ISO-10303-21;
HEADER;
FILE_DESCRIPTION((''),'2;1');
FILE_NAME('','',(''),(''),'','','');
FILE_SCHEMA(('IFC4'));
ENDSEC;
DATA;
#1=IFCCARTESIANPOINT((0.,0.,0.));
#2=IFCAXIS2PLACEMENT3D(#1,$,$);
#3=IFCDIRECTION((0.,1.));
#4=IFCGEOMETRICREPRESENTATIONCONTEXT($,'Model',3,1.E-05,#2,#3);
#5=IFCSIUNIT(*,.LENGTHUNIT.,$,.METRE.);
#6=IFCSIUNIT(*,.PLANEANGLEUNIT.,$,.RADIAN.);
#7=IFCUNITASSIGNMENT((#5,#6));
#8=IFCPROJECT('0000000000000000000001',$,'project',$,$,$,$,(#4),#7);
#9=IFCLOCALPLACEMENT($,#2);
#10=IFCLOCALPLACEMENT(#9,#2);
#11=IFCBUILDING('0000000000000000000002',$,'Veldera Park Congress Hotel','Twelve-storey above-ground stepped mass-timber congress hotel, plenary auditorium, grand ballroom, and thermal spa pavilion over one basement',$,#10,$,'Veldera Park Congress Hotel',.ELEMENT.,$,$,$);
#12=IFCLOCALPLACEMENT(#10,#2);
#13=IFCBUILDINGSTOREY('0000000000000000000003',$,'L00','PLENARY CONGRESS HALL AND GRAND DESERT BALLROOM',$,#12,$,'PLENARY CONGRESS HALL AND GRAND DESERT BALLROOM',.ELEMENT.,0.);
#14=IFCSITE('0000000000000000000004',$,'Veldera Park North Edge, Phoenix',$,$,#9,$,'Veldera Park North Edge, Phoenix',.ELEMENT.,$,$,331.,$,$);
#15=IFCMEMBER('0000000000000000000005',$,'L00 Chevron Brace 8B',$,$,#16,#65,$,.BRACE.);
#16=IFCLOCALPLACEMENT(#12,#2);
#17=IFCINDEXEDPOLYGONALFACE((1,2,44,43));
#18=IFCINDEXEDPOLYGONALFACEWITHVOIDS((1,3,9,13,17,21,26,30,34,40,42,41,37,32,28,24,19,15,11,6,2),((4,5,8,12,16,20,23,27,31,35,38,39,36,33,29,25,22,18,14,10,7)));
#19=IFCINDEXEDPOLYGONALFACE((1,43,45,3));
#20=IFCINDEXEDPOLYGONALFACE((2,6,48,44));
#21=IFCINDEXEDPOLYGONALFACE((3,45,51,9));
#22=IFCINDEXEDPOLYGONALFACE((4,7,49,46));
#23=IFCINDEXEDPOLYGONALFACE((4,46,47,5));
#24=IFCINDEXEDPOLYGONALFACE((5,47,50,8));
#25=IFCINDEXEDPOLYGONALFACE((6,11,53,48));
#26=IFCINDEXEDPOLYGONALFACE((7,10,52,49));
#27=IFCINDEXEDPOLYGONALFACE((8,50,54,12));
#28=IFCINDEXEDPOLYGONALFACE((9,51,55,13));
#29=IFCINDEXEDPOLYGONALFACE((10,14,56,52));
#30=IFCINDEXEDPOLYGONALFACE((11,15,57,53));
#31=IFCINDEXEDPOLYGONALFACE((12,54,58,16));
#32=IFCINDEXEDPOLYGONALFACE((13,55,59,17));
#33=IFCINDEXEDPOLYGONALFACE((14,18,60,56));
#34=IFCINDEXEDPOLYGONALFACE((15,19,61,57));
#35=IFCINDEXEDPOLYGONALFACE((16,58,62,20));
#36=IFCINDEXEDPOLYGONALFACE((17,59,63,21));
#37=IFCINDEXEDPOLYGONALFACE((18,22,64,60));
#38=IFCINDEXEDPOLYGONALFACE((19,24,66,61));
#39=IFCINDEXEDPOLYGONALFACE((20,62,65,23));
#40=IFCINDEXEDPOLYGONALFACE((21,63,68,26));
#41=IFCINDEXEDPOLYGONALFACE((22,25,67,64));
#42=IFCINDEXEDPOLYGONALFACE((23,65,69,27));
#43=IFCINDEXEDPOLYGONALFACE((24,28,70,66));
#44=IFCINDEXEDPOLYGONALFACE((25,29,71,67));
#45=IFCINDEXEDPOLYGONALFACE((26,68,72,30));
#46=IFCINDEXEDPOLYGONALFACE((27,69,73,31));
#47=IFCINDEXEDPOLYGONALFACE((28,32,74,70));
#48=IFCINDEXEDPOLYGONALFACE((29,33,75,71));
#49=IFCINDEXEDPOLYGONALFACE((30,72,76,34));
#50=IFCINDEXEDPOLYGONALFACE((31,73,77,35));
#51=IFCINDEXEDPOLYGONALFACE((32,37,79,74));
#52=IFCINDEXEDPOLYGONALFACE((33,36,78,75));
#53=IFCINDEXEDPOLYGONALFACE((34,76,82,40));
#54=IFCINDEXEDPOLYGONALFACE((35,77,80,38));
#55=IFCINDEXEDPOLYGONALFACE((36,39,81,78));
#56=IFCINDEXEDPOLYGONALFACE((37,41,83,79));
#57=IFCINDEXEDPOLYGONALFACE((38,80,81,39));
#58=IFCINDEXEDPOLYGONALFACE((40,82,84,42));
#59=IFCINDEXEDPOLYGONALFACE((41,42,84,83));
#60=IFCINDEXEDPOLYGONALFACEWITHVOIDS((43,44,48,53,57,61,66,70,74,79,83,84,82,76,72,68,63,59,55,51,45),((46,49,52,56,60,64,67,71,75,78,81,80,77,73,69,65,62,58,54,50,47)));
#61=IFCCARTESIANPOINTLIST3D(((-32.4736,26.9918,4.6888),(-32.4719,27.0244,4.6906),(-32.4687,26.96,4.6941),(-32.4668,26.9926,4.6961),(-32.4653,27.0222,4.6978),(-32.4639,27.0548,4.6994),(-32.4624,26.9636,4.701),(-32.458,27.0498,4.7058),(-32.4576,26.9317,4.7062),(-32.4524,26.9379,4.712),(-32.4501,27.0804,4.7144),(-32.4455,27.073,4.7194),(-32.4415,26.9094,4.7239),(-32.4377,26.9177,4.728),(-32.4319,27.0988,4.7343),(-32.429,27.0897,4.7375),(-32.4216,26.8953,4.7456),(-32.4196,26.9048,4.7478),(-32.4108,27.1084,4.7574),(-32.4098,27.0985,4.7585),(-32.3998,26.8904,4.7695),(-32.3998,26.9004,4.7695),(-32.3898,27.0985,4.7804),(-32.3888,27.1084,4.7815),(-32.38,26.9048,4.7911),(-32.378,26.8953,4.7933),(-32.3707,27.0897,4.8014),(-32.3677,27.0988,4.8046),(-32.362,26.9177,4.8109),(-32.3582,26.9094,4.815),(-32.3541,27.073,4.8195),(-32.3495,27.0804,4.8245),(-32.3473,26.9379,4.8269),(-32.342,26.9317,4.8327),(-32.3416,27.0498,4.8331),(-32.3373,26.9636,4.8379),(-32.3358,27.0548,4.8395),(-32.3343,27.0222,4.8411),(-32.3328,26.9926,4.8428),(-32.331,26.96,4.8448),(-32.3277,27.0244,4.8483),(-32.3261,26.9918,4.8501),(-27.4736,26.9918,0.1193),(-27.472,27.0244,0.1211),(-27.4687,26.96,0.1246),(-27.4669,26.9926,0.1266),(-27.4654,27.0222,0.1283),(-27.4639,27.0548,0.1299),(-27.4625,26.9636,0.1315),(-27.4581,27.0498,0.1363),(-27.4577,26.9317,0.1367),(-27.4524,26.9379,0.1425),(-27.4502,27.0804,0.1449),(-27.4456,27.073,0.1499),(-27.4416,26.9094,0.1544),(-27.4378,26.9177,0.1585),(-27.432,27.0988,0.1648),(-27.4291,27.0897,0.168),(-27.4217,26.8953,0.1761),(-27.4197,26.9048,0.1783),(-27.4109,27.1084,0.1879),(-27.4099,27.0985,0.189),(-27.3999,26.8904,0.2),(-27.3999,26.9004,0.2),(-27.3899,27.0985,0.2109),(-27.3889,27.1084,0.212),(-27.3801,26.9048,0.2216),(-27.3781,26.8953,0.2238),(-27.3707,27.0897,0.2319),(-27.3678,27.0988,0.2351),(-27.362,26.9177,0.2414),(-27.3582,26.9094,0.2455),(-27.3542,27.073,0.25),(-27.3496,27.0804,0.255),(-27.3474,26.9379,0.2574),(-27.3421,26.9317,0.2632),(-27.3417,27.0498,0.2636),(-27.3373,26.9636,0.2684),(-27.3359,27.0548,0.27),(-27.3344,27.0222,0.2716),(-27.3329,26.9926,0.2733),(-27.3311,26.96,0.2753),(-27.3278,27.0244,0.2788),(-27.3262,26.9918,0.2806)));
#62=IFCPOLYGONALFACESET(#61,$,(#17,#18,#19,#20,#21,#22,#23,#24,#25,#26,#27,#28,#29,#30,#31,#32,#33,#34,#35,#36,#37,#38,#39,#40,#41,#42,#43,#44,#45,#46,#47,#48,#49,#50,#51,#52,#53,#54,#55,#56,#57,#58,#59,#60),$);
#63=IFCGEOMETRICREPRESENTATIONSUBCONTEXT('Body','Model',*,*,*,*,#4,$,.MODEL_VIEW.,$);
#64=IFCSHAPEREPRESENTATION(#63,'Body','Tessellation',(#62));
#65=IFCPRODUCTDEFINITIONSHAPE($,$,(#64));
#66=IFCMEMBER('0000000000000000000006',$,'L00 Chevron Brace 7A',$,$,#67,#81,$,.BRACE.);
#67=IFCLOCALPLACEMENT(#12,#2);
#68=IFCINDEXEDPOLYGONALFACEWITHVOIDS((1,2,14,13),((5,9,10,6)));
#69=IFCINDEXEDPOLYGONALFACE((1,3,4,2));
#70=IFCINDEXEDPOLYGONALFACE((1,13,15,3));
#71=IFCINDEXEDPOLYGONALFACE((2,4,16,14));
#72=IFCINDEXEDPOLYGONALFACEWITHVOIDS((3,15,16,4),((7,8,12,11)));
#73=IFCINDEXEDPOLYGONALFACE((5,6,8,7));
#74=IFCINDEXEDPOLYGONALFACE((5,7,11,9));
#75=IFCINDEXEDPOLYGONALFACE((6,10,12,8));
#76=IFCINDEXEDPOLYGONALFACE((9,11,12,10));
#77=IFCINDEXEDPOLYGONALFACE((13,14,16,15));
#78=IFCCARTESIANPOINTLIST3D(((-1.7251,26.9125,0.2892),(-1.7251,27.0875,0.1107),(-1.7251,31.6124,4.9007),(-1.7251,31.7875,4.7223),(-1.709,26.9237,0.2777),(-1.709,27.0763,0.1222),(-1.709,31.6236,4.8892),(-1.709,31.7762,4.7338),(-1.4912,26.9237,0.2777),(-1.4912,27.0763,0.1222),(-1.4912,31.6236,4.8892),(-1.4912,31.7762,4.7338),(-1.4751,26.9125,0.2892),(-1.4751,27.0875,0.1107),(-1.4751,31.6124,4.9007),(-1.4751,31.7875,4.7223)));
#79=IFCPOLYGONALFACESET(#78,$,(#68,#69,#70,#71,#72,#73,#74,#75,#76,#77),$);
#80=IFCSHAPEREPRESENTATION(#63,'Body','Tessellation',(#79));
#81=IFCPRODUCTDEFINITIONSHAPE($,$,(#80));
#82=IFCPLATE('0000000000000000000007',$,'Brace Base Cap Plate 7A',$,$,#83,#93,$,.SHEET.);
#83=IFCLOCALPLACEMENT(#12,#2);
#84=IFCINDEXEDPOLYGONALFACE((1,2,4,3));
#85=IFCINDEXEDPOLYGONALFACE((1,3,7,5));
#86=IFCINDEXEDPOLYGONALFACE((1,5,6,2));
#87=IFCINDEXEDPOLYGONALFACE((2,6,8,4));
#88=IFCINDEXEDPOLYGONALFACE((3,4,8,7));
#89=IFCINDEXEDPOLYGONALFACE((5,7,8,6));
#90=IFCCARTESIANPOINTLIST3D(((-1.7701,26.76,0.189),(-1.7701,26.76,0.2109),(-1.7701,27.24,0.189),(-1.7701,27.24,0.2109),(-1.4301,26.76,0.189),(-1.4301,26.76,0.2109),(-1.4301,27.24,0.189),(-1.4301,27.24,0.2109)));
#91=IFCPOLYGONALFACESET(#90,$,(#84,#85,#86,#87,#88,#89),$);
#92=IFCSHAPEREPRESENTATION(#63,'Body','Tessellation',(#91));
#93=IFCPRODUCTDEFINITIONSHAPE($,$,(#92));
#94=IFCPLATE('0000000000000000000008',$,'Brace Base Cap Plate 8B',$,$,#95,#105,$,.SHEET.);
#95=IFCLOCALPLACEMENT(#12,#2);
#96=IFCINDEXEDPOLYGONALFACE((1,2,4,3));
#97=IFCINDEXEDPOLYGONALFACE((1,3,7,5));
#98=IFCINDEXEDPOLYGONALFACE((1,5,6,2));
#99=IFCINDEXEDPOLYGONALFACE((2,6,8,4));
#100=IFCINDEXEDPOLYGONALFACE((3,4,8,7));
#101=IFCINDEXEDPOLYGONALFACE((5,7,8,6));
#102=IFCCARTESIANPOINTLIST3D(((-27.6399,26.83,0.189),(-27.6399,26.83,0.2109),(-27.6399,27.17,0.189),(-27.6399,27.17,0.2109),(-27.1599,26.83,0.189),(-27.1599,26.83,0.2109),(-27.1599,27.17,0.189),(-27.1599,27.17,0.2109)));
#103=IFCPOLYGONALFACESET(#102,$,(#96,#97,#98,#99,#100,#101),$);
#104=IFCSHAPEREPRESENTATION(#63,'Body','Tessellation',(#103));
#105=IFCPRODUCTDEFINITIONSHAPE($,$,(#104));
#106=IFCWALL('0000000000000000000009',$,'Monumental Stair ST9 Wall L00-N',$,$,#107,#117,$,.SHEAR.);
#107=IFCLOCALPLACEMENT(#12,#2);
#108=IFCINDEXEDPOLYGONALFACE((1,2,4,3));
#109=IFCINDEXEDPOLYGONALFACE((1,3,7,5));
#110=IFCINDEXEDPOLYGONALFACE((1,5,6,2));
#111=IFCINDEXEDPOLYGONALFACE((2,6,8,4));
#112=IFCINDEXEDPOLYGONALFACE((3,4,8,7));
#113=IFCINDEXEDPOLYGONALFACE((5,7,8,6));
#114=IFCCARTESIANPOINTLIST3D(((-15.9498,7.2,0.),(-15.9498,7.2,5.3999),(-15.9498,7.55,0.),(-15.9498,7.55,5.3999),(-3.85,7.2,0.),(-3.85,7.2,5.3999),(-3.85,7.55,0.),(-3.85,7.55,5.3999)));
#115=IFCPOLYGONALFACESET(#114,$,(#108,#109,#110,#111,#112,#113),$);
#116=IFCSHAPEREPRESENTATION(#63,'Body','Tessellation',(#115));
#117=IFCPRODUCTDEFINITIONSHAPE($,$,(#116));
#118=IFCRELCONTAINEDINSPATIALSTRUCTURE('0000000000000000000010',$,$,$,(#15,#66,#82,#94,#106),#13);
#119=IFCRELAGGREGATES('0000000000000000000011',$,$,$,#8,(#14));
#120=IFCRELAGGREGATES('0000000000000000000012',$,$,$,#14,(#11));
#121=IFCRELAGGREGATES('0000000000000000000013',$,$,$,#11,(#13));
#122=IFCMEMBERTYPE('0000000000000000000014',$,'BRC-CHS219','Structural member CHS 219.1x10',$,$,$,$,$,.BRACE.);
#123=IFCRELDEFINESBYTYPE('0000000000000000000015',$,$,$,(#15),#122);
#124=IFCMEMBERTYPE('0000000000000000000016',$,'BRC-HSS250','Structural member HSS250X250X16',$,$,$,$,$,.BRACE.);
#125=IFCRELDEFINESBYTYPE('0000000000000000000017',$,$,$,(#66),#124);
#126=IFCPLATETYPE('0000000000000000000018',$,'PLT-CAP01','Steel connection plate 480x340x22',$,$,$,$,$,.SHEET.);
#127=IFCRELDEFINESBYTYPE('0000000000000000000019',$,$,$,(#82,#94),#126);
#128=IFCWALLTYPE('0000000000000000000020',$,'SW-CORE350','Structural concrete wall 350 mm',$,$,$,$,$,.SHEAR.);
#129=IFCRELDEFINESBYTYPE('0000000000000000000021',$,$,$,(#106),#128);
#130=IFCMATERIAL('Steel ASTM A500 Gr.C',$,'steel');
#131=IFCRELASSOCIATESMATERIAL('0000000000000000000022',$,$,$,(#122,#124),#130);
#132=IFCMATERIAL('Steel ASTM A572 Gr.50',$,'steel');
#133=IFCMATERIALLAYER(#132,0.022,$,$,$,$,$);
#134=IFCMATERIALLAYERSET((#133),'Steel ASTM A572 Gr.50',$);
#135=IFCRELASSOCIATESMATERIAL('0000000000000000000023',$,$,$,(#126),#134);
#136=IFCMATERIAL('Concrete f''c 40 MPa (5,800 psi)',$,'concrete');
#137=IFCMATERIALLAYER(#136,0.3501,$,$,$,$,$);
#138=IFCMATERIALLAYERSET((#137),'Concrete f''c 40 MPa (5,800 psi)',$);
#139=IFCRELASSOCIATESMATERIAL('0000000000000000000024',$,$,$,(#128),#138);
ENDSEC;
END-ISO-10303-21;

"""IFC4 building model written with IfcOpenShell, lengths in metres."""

from ifc_helpers import new_model, si_unit, direction, frame, frame_2d, origin, origin_2d, place, context, subcontext, project, spatial, rectangle, hollow_rectangle, hollow_circle, extrude, material, layer, layer_set, material_profile, profile_set, type_object, element, save


model = new_model("IFC4")

# Units and contexts
model_context = context("Model", 3, precision=1e-05, world=origin(), true_north=direction((0.0, 1.0)))
body_context = subcontext(model_context, "Body", "Model", "MODEL_VIEW")
ifc_project = project(units=[si_unit("LENGTHUNIT", "METRE"), si_unit("PLANEANGLEUNIT", "RADIAN")], contexts=[model_context])

# Site, building, storey
site_placement = place(None, origin())
site = spatial("IfcSite", under=ifc_project, at=site_placement, Name="Veldera Park North Edge, Phoenix", LongName="Veldera Park North Edge, Phoenix", CompositionType="ELEMENT", RefElevation=331.0)
building_placement = place(site_placement, origin())
building = spatial("IfcBuilding", under=site, at=building_placement, Name="Veldera Park Congress Hotel", Description="Twelve-storey above-ground stepped mass-timber congress hotel, plenary auditorium, grand ballroom, and thermal spa pavilion over one basement", LongName="Veldera Park Congress Hotel", CompositionType="ELEMENT")
storey_placement = place(building_placement, origin())
storey = spatial("IfcBuildingStorey", under=building, at=storey_placement, Name="L00", Description="PLENARY CONGRESS HALL AND GRAND DESERT BALLROOM", LongName="PLENARY CONGRESS HALL AND GRAND DESERT BALLROOM", CompositionType="ELEMENT", Elevation=0.0)

# Members
ifc_material_1 = material(Name="Steel ASTM A500 Gr.C", Category="steel")
ifc_material_profile_1 = material_profile(ifc_material_1, hollow_circle(Radius=0.1096, WallThickness=0.01, at=origin_2d()), Name="CHS 219.1x10")
ifc_profile_set_1 = profile_set([ifc_material_profile_1], Name="Steel ASTM A500 Gr.C")
member_type_1 = type_object("IfcMemberType", Name="BRC-CHS219", Description="Structural member CHS 219.1x10", PredefinedType="BRACE", material=ifc_profile_set_1)
member_1_placement = place(storey_placement, frame((-27.3999, 27.0, 0.2), z_axis=(-0.738165, 0.0, 0.674621), x_axis=(0.0, -1.0, 0.0)))
element("IfcMember", 1, at=member_1_placement, inside=storey, type_object=member_type_1, Name="L00 Chevron Brace 8B", PredefinedType="BRACE", context=body_context, shape_type="SweptSolid", body=[
    extrude(hollow_circle(Radius=0.1096, WallThickness=0.01, at=origin_2d()), origin(), (0.0, 0.0, 1.0), 6.7734),
])
ifc_material_profile_2 = material_profile(ifc_material_1, hollow_rectangle(XDim=0.25, YDim=0.25, WallThickness=0.0161, at=origin_2d()), Name="HSS250X250X16")
ifc_profile_set_2 = profile_set([ifc_material_profile_2], Name="Steel ASTM A500 Gr.C")
member_type_2 = type_object("IfcMemberType", Name="BRC-HSS250", Description="Structural member HSS250X250X16", PredefinedType="BRACE", material=ifc_profile_set_2)
member_2_placement = place(storey_placement, frame((-1.6001, 27.0, 0.2), z_axis=(0.0, 0.713786, 0.700364), x_axis=(-1.0, 0.0, 0.0)))
element("IfcMember", 2, at=member_2_placement, inside=storey, type_object=member_type_2, Name="L00 Chevron Brace 7A", PredefinedType="BRACE", context=body_context, shape_type="SweptSolid", body=[
    extrude(hollow_rectangle(XDim=0.25, YDim=0.25, WallThickness=0.0161, at=origin_2d()), origin(), (0.0, 0.0, 1.0), 6.5845),
])

# Plates
ifc_material_2 = material(Name="Steel ASTM A572 Gr.50", Category="steel")
ifc_layer_1 = layer(ifc_material_2, 0.022)
ifc_layer_set_1 = layer_set([ifc_layer_1], Name="Steel ASTM A572 Gr.50")
plate_type = type_object("IfcPlateType", Name="PLT-CAP01", Description="Steel connection plate 480x340x22", PredefinedType="SHEET", material=ifc_layer_set_1)
for number, where, z_axis, x_axis, name in (
    (3, (-1.6001, 27.0, 0.189), (0.0, 0.0, 1.0), (0.0, 1.0, 0.0), "Brace Base Cap Plate 7A"),
    (4, (-27.3999, 27.0, 0.189), (0.0, 0.0, 1.0), (1.0, 0.0, 0.0), "Brace Base Cap Plate 8B"),
):
    element("IfcPlate", number, at=place(storey_placement, frame(where, z_axis=z_axis, x_axis=x_axis)), inside=storey, type_object=plate_type, Name=name, PredefinedType="SHEET", context=body_context, shape_type="SweptSolid", body=[
        extrude(rectangle(XDim=0.48, YDim=0.3401, at=origin_2d()), origin(), (0.0, 0.0, 1.0), 0.022),
    ])

# Wall
ifc_material_3 = material(Name="Concrete f'c 40 MPa (5,800 psi)", Category="concrete")
ifc_layer_2 = layer(ifc_material_3, 0.3501)
ifc_layer_set_2 = layer_set([ifc_layer_2], Name="Concrete f'c 40 MPa (5,800 psi)")
wall_type = type_object("IfcWallType", Name="SW-CORE350", Description="Structural concrete wall 350 mm", PredefinedType="SHEAR", material=ifc_layer_set_2)
wall_placement = place(storey_placement, frame((-3.8501, 7.375, 0.0), z_axis=(0.0, 0.0, 1.0), x_axis=(-1.0, 0.0, 0.0)))
element("IfcWall", 5, at=wall_placement, inside=storey, type_object=wall_type, Name="Monumental Stair ST9 Wall L00-N", PredefinedType="SHEAR", context=body_context, shape_type="SweptSolid", body=[
    extrude(rectangle(XDim=12.0999, YDim=0.3501, at=frame_2d((6.0498, 0.0))), origin(), (0.0, 0.0, 1.0), 5.3999),
])

save(model, "model.ifc")
